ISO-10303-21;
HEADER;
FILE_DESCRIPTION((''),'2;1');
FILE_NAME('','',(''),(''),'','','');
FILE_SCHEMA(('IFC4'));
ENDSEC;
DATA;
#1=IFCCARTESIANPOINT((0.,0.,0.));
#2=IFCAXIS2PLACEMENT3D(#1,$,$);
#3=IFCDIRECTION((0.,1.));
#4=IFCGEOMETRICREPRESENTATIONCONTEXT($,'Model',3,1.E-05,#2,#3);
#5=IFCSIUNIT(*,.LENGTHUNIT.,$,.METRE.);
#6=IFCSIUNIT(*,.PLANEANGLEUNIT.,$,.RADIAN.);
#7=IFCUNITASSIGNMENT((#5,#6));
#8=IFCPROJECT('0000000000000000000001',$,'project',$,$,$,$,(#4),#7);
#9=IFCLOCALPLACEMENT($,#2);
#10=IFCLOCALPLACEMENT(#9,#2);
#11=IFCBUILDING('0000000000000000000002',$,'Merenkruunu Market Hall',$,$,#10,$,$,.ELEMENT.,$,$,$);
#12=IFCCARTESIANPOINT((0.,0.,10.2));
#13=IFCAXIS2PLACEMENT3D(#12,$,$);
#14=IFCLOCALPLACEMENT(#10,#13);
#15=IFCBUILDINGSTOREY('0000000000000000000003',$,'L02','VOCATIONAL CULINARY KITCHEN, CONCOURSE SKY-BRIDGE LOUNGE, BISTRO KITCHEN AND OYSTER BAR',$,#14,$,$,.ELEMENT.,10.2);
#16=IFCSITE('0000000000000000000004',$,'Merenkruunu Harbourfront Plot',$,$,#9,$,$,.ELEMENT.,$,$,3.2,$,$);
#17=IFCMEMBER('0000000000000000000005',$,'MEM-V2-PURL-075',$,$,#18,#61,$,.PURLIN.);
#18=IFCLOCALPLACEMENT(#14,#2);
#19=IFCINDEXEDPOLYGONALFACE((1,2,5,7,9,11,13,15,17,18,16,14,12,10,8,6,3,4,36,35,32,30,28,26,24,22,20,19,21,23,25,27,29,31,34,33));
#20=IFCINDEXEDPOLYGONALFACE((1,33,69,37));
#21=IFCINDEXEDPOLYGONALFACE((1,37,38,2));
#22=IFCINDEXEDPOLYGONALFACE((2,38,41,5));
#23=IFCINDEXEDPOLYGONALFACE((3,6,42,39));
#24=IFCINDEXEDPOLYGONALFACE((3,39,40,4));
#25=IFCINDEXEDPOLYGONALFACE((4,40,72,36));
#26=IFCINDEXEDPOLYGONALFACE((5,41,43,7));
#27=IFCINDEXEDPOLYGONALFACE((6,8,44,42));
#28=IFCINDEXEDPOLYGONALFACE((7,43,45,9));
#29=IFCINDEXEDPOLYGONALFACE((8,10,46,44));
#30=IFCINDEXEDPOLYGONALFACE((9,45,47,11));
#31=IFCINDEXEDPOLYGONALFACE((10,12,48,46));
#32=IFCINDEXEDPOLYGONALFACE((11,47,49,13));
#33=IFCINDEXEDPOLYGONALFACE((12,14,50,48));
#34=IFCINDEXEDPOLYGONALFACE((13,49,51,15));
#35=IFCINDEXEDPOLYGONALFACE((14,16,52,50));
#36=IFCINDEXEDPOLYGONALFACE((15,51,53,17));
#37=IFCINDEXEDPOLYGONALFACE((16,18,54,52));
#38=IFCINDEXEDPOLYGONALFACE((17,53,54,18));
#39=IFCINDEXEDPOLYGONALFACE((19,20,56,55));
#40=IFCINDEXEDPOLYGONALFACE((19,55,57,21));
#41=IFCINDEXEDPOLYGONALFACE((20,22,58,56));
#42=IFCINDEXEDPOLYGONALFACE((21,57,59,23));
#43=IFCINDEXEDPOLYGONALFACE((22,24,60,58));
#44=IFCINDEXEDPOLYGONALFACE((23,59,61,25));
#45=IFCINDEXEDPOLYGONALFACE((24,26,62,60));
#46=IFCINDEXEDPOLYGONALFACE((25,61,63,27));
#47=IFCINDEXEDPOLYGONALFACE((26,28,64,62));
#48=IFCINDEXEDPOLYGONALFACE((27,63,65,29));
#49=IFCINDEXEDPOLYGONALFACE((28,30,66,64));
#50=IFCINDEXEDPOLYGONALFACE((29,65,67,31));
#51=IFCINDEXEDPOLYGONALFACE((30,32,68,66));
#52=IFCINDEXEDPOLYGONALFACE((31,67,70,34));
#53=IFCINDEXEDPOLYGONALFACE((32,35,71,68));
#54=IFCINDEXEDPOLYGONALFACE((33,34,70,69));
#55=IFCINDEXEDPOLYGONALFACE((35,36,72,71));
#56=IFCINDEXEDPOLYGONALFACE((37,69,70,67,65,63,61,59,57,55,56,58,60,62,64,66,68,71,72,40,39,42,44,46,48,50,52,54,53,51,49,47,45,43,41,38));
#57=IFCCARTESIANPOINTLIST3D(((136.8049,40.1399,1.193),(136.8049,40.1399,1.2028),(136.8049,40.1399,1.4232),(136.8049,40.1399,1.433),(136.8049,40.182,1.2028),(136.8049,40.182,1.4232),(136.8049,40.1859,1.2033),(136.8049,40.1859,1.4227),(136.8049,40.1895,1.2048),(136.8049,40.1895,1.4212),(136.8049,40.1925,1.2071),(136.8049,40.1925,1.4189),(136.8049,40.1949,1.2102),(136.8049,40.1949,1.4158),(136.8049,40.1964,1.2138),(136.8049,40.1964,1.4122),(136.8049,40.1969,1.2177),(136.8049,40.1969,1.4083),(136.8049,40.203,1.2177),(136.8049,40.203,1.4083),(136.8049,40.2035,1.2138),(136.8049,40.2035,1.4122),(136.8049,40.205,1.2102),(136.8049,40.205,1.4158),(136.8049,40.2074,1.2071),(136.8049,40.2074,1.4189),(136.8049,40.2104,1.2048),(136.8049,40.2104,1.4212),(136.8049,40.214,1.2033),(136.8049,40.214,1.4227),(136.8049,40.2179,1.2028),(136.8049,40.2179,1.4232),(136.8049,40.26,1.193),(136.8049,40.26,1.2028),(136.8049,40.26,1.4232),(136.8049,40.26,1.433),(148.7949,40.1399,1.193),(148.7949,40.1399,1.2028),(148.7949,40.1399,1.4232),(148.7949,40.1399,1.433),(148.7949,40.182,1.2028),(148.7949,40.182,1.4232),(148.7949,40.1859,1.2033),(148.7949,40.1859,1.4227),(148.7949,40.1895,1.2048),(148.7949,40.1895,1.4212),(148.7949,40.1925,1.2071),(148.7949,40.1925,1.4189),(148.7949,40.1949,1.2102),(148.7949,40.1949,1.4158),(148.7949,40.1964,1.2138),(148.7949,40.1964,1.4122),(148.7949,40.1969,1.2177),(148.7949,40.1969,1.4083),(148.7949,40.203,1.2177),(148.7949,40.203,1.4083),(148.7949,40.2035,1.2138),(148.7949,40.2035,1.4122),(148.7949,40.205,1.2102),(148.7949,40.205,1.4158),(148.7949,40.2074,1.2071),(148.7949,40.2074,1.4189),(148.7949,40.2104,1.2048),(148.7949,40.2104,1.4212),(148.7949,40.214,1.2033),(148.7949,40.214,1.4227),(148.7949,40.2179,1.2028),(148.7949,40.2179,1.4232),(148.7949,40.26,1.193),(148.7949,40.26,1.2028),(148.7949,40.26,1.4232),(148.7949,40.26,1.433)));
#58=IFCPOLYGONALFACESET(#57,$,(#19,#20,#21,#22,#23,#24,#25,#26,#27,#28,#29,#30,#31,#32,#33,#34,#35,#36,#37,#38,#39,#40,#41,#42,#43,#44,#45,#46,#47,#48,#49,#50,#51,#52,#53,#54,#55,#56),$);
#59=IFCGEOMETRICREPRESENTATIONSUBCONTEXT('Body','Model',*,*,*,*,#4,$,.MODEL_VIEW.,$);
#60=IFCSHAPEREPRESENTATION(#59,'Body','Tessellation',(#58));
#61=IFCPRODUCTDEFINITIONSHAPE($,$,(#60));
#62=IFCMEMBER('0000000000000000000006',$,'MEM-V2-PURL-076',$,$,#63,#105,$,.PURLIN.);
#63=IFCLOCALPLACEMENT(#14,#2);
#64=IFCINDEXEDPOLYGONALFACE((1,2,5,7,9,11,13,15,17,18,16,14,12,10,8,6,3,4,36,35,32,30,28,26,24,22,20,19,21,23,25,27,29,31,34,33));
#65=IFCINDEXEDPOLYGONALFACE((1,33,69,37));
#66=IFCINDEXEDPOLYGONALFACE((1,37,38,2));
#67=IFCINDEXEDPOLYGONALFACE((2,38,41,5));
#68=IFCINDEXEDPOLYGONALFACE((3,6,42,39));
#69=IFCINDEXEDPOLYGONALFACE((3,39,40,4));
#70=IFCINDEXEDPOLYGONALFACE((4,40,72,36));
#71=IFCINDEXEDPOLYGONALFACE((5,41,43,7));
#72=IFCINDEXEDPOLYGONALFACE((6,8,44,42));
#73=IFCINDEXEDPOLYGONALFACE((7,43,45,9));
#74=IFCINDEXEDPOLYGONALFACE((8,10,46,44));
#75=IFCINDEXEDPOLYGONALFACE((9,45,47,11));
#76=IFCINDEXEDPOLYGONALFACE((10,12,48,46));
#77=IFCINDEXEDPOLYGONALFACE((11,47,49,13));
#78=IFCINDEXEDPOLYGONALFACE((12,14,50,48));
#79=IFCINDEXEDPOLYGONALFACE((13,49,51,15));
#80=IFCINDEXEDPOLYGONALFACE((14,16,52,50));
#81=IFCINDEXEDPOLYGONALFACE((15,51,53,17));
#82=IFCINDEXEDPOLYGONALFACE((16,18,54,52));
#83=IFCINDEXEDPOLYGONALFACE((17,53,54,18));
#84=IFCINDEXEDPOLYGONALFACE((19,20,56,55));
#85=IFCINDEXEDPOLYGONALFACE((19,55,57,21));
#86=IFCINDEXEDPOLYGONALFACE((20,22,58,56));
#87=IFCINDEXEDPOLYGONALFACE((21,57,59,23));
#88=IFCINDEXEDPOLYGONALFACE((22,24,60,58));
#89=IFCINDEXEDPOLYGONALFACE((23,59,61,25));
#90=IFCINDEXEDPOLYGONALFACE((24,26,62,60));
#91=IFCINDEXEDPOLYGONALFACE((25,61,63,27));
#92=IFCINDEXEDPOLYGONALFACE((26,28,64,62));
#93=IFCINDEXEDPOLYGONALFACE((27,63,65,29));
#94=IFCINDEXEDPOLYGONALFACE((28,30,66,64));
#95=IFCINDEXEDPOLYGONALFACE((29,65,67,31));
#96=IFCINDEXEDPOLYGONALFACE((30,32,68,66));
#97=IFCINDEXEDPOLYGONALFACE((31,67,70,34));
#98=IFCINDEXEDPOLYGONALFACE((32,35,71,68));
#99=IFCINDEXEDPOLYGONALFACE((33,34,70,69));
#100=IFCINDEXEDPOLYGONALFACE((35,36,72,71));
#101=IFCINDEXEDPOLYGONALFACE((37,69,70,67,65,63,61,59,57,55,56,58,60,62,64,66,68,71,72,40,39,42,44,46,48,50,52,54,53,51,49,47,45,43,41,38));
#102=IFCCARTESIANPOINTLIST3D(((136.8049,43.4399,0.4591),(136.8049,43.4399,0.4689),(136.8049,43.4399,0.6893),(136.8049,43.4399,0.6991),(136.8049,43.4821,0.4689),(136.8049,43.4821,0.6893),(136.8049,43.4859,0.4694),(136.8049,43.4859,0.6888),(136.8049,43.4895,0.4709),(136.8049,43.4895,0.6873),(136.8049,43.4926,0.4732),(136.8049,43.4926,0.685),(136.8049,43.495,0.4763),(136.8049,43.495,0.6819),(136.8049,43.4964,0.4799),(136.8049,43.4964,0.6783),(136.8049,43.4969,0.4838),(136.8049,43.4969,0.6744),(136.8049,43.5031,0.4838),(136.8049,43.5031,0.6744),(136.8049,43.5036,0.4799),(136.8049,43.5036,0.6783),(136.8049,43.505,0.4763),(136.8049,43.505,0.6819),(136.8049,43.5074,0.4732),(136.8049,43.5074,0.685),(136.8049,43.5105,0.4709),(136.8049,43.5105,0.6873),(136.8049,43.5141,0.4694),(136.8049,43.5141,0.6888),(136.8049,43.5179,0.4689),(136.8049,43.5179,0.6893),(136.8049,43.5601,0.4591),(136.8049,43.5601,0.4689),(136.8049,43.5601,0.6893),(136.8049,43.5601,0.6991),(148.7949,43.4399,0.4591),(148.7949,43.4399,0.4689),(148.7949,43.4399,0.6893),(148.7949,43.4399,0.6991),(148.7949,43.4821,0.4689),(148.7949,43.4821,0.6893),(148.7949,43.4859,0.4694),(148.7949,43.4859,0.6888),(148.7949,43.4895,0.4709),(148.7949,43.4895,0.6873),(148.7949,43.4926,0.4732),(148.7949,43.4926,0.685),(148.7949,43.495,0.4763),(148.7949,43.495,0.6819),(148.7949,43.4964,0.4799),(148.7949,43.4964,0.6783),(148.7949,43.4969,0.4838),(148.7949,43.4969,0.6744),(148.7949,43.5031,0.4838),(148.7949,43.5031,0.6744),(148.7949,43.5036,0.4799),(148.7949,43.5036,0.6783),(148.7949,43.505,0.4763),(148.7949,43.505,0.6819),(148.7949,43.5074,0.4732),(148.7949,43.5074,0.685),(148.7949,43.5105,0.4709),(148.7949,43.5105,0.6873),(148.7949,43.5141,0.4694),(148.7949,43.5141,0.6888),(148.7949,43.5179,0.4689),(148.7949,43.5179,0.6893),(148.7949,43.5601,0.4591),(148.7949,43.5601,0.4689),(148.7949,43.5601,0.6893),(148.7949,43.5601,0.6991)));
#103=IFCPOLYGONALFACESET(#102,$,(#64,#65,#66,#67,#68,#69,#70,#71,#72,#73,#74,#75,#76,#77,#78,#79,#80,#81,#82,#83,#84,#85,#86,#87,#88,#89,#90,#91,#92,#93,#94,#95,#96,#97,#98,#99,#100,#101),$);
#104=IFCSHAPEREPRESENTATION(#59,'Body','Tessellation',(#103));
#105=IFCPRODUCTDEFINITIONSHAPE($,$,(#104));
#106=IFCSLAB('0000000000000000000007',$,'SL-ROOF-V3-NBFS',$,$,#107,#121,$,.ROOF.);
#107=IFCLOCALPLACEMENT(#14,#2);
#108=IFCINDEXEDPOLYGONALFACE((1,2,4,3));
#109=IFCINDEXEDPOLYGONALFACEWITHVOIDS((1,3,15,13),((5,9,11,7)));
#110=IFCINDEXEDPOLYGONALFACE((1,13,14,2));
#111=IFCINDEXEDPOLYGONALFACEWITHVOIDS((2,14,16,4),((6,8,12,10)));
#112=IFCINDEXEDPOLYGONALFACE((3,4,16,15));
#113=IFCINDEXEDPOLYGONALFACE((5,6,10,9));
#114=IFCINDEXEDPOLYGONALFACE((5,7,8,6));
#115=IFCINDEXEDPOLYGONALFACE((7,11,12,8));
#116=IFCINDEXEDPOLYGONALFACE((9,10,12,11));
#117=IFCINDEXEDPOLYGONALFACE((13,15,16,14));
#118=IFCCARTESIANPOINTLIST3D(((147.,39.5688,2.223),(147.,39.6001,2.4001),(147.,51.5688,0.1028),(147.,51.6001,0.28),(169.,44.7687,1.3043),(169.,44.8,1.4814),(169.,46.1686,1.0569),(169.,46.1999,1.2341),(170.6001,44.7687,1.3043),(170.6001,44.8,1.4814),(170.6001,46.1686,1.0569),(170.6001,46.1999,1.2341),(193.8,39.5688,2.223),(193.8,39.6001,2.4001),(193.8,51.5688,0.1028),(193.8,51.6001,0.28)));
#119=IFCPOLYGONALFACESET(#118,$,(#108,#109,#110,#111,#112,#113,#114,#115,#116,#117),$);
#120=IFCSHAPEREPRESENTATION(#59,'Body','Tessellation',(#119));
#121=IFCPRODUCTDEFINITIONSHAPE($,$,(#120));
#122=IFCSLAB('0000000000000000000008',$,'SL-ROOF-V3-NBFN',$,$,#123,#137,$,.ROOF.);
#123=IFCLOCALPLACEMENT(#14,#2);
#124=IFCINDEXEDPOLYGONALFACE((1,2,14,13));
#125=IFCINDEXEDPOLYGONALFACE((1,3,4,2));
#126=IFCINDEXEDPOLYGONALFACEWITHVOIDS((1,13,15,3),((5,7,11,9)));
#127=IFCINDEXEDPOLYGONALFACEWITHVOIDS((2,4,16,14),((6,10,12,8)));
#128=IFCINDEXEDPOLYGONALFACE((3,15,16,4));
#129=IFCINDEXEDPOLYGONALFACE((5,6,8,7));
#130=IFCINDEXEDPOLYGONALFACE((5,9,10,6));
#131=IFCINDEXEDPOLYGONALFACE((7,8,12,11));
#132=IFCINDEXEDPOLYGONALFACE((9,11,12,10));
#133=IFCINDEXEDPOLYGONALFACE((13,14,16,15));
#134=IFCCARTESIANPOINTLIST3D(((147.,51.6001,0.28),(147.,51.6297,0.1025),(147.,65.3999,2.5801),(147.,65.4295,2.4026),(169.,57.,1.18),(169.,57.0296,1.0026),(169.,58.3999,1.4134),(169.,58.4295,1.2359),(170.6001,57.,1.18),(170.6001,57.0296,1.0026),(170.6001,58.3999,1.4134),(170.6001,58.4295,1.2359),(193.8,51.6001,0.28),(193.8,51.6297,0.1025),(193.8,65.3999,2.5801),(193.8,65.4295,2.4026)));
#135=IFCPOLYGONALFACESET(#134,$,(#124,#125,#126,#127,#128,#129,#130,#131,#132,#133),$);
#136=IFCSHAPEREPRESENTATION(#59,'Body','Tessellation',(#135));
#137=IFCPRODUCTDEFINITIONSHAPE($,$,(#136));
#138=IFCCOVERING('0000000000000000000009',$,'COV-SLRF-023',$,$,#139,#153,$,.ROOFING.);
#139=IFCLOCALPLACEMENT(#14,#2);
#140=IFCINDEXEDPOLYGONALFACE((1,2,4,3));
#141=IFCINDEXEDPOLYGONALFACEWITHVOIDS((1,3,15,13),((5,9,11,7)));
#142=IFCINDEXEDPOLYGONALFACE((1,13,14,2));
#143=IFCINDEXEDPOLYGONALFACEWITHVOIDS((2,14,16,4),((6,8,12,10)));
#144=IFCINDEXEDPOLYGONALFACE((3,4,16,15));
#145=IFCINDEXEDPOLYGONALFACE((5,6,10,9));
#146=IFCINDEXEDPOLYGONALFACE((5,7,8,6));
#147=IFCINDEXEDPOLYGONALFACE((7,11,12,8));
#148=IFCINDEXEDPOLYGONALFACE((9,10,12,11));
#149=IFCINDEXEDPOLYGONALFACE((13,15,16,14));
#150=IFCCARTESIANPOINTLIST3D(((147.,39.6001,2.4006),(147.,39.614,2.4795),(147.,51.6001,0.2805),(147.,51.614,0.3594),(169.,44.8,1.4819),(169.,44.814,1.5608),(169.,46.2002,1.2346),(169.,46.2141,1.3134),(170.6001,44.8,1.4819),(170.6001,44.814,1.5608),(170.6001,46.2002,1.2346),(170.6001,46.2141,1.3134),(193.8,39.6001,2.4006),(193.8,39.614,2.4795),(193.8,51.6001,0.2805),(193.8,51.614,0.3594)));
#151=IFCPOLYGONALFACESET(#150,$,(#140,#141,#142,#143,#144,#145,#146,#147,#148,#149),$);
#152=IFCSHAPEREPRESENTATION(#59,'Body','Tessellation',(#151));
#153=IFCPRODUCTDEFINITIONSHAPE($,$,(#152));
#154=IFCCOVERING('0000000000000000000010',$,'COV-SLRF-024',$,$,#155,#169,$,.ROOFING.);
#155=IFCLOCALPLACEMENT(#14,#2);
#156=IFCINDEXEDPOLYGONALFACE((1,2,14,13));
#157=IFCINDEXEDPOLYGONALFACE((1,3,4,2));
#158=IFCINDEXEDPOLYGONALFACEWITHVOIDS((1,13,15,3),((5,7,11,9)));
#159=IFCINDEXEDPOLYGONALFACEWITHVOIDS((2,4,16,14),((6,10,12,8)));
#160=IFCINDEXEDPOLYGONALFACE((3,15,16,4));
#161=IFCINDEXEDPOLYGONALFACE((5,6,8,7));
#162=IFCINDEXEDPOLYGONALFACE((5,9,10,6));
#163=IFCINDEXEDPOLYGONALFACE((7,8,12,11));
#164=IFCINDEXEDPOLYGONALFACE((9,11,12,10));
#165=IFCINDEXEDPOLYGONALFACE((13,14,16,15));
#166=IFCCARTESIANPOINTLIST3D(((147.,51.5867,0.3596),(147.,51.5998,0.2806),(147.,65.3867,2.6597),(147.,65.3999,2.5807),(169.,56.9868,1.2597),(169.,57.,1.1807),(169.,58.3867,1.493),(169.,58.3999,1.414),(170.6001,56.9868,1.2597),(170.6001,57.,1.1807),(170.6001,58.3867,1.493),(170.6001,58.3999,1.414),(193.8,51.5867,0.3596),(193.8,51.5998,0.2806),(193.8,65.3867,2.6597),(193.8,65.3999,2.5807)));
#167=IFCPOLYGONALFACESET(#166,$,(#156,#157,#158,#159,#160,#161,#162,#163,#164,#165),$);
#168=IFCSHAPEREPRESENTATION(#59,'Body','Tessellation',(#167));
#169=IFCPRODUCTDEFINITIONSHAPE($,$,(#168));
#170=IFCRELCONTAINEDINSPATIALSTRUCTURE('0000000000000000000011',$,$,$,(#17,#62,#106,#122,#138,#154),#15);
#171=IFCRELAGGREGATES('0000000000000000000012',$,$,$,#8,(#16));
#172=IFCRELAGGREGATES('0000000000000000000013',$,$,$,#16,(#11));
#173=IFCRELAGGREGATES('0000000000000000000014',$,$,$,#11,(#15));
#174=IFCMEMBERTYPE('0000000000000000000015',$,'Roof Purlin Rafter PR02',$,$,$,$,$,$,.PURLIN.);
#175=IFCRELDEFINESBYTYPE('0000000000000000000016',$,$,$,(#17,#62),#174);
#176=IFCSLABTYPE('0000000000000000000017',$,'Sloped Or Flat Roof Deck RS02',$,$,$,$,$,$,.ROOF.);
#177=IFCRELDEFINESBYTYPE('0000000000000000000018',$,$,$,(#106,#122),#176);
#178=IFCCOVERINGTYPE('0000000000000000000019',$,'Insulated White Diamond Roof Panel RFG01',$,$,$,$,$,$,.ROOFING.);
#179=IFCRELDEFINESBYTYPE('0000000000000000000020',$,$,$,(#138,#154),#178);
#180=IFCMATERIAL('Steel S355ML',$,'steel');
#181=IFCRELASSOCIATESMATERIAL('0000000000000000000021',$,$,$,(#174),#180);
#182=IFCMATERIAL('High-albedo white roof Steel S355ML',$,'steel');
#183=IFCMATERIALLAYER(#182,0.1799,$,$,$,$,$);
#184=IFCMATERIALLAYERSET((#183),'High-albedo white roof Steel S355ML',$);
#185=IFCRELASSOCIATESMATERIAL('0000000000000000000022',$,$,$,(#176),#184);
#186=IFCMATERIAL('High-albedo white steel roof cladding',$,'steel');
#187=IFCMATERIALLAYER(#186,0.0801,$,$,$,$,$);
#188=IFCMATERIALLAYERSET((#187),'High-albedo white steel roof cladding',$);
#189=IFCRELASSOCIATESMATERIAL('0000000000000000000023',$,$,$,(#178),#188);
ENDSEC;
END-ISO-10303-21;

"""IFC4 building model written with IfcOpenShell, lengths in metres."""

from ifc_helpers import new_model, si_unit, direction, frame, origin, origin_2d, place, context, subcontext, project, spatial, polyline, i_section, outline, extrude, material, layer, layer_set, material_profile, profile_set, type_object, element, save


model = new_model("IFC4")

# Units and contexts
model_context = context("Model", 3, precision=1e-05, world=origin(), true_north=direction((0.0, 1.0)))
body_context = subcontext(model_context, "Body", "Model", "MODEL_VIEW")
ifc_project = project(units=[si_unit("LENGTHUNIT", "METRE"), si_unit("PLANEANGLEUNIT", "RADIAN")], contexts=[model_context])

# Site, building, storey
site_placement = place(None, origin())
site = spatial("IfcSite", under=ifc_project, at=site_placement, Name="Merenkruunu Harbourfront Plot", CompositionType="ELEMENT", RefElevation=3.2)
building_placement = place(site_placement, origin())
building = spatial("IfcBuilding", under=site, at=building_placement, Name="Merenkruunu Market Hall", CompositionType="ELEMENT")
storey_placement = place(building_placement, frame((0.0, 0.0, 10.2)))
storey = spatial("IfcBuildingStorey", under=building, at=storey_placement, Name="L02", Description="VOCATIONAL CULINARY KITCHEN, CONCOURSE SKY-BRIDGE LOUNGE, BISTRO KITCHEN AND OYSTER BAR", CompositionType="ELEMENT", Elevation=10.2)

# Members
ifc_material_1 = material(Name="Steel S355ML", Category="steel")
ifc_material_profile_1 = material_profile(ifc_material_1, i_section(OverallWidth=0.1201, OverallDepth=0.24, WebThickness=0.0061, FlangeThickness=0.0098, FilletRadius=0.0149, at=origin_2d()), Name="IPE 240")
ifc_profile_set_1 = profile_set([ifc_material_profile_1], Name="Steel S355ML")
member_type_1 = type_object("IfcMemberType", Name="Roof Purlin Rafter PR02", PredefinedType="PURLIN", material=ifc_profile_set_1)
for number, where, z_axis, x_axis, name in (
    (1, (136.8049, 40.2, 1.313), (1.0, 0.0, 0.0), (0.0, 1.0, 0.0), "MEM-V2-PURL-075"),
    (2, (136.8049, 43.5, 0.5791), (1.0, 0.0, 0.0), (0.0, 1.0, 0.0), "MEM-V2-PURL-076"),
):
    element("IfcMember", number, at=place(storey_placement, frame(where, z_axis=z_axis, x_axis=x_axis)), inside=storey, type_object=member_type_1, Name=name, PredefinedType="PURLIN", context=body_context, shape_type="SweptSolid", body=[
        extrude(i_section(OverallWidth=0.1201, OverallDepth=0.24, WebThickness=0.0061, FlangeThickness=0.0098, FilletRadius=0.0149, at=origin_2d()), origin(), (0.0, 0.0, 1.0), 11.99),
    ])

# Slabs
ifc_material_2 = material(Name="High-albedo white roof Steel S355ML", Category="steel")
ifc_layer_1 = layer(ifc_material_2, 0.1799)
ifc_layer_set_1 = layer_set([ifc_layer_1], Name="High-albedo white roof Steel S355ML")
slab_type = type_object("IfcSlabType", Name="Sloped Or Flat Roof Deck RS02", PredefinedType="ROOF", material=ifc_layer_set_1)
slab_1_placement = place(storey_placement, frame((147.0, 39.6001, 2.4001), z_axis=(0.0, 0.173982, 0.984749), x_axis=(1.0, 0.0, 0.0)))
element("IfcSlab", 3, at=slab_1_placement, inside=storey, type_object=slab_type, Name="SL-ROOF-V3-NBFS", PredefinedType="ROOF", context=body_context, shape_type="SweptSolid", body=[
    extrude(outline(polyline([(0.0, 0.0), (46.8, 0.0), (46.8, 12.1858), (0.0, 12.1858), (0.0, 0.0)]), holes=[polyline([(22.0, 5.2805), (23.6001, 5.2805), (23.6001, 6.7021), (22.0, 6.7021), (22.0, 5.2805)])]), origin(), (0.0, 0.0, -1.0), 0.1799),
])
slab_2_placement = place(storey_placement, frame((147.0, 51.6001, 0.28), z_axis=(0.0, -0.164405, 0.986393), x_axis=(1.0, 0.0, 0.0)))
element("IfcSlab", 4, at=slab_2_placement, inside=storey, type_object=slab_type, Name="SL-ROOF-V3-NBFN", PredefinedType="ROOF", context=body_context, shape_type="SweptSolid", body=[
    extrude(outline(polyline([(0.0, 0.0), (46.8, 0.0), (46.8, 13.9902), (0.0, 13.9902), (0.0, 0.0)]), holes=[polyline([(22.0, 5.4744), (23.6001, 5.4744), (23.6001, 6.8936), (22.0, 6.8936), (22.0, 5.4744)])]), origin(), (0.0, 0.0, -1.0), 0.1799),
])

# Coverings
ifc_material_3 = material(Name="High-albedo white steel roof cladding", Category="steel")
ifc_layer_2 = layer(ifc_material_3, 0.0801)
ifc_layer_set_2 = layer_set([ifc_layer_2], Name="High-albedo white steel roof cladding")
covering_type = type_object("IfcCoveringType", Name="Insulated White Diamond Roof Panel RFG01", PredefinedType="ROOFING", material=ifc_layer_set_2)
covering_1_placement = place(storey_placement, frame((147.0, 39.614, 2.4795), z_axis=(0.0, 0.173982, 0.984749), x_axis=(1.0, 0.0, 0.0)))
element("IfcCovering", 5, at=covering_1_placement, inside=storey, type_object=covering_type, Name="COV-SLRF-023", PredefinedType="ROOFING", context=body_context, shape_type="SweptSolid", body=[
    extrude(outline(polyline([(0.0, 0.0), (46.8, 0.0), (46.8, 12.1858), (0.0, 12.1858), (0.0, 0.0)]), holes=[polyline([(22.0, 5.2805), (23.6001, 5.2805), (23.6001, 6.7023), (22.0, 6.7023), (22.0, 5.2805)])]), origin(), (0.0, 0.0, -1.0), 0.0801),
])
covering_2_placement = place(storey_placement, frame((147.0, 51.5867, 0.3596), z_axis=(0.0, -0.164402, 0.986393), x_axis=(1.0, 0.0, 0.0)))
element("IfcCovering", 6, at=covering_2_placement, inside=storey, type_object=covering_type, Name="COV-SLRF-024", PredefinedType="ROOFING", context=body_context, shape_type="SweptSolid", body=[
    extrude(outline(polyline([(0.0, 0.0), (46.8, 0.0), (46.8, 13.9904), (0.0, 13.9904), (0.0, 0.0)]), holes=[polyline([(22.0, 5.4746), (23.6001, 5.4746), (23.6001, 6.8938), (22.0, 6.8938), (22.0, 5.4746)])]), origin(), (0.0, 0.0, -1.0), 0.0801),
])

save(model, "model.ifc")
